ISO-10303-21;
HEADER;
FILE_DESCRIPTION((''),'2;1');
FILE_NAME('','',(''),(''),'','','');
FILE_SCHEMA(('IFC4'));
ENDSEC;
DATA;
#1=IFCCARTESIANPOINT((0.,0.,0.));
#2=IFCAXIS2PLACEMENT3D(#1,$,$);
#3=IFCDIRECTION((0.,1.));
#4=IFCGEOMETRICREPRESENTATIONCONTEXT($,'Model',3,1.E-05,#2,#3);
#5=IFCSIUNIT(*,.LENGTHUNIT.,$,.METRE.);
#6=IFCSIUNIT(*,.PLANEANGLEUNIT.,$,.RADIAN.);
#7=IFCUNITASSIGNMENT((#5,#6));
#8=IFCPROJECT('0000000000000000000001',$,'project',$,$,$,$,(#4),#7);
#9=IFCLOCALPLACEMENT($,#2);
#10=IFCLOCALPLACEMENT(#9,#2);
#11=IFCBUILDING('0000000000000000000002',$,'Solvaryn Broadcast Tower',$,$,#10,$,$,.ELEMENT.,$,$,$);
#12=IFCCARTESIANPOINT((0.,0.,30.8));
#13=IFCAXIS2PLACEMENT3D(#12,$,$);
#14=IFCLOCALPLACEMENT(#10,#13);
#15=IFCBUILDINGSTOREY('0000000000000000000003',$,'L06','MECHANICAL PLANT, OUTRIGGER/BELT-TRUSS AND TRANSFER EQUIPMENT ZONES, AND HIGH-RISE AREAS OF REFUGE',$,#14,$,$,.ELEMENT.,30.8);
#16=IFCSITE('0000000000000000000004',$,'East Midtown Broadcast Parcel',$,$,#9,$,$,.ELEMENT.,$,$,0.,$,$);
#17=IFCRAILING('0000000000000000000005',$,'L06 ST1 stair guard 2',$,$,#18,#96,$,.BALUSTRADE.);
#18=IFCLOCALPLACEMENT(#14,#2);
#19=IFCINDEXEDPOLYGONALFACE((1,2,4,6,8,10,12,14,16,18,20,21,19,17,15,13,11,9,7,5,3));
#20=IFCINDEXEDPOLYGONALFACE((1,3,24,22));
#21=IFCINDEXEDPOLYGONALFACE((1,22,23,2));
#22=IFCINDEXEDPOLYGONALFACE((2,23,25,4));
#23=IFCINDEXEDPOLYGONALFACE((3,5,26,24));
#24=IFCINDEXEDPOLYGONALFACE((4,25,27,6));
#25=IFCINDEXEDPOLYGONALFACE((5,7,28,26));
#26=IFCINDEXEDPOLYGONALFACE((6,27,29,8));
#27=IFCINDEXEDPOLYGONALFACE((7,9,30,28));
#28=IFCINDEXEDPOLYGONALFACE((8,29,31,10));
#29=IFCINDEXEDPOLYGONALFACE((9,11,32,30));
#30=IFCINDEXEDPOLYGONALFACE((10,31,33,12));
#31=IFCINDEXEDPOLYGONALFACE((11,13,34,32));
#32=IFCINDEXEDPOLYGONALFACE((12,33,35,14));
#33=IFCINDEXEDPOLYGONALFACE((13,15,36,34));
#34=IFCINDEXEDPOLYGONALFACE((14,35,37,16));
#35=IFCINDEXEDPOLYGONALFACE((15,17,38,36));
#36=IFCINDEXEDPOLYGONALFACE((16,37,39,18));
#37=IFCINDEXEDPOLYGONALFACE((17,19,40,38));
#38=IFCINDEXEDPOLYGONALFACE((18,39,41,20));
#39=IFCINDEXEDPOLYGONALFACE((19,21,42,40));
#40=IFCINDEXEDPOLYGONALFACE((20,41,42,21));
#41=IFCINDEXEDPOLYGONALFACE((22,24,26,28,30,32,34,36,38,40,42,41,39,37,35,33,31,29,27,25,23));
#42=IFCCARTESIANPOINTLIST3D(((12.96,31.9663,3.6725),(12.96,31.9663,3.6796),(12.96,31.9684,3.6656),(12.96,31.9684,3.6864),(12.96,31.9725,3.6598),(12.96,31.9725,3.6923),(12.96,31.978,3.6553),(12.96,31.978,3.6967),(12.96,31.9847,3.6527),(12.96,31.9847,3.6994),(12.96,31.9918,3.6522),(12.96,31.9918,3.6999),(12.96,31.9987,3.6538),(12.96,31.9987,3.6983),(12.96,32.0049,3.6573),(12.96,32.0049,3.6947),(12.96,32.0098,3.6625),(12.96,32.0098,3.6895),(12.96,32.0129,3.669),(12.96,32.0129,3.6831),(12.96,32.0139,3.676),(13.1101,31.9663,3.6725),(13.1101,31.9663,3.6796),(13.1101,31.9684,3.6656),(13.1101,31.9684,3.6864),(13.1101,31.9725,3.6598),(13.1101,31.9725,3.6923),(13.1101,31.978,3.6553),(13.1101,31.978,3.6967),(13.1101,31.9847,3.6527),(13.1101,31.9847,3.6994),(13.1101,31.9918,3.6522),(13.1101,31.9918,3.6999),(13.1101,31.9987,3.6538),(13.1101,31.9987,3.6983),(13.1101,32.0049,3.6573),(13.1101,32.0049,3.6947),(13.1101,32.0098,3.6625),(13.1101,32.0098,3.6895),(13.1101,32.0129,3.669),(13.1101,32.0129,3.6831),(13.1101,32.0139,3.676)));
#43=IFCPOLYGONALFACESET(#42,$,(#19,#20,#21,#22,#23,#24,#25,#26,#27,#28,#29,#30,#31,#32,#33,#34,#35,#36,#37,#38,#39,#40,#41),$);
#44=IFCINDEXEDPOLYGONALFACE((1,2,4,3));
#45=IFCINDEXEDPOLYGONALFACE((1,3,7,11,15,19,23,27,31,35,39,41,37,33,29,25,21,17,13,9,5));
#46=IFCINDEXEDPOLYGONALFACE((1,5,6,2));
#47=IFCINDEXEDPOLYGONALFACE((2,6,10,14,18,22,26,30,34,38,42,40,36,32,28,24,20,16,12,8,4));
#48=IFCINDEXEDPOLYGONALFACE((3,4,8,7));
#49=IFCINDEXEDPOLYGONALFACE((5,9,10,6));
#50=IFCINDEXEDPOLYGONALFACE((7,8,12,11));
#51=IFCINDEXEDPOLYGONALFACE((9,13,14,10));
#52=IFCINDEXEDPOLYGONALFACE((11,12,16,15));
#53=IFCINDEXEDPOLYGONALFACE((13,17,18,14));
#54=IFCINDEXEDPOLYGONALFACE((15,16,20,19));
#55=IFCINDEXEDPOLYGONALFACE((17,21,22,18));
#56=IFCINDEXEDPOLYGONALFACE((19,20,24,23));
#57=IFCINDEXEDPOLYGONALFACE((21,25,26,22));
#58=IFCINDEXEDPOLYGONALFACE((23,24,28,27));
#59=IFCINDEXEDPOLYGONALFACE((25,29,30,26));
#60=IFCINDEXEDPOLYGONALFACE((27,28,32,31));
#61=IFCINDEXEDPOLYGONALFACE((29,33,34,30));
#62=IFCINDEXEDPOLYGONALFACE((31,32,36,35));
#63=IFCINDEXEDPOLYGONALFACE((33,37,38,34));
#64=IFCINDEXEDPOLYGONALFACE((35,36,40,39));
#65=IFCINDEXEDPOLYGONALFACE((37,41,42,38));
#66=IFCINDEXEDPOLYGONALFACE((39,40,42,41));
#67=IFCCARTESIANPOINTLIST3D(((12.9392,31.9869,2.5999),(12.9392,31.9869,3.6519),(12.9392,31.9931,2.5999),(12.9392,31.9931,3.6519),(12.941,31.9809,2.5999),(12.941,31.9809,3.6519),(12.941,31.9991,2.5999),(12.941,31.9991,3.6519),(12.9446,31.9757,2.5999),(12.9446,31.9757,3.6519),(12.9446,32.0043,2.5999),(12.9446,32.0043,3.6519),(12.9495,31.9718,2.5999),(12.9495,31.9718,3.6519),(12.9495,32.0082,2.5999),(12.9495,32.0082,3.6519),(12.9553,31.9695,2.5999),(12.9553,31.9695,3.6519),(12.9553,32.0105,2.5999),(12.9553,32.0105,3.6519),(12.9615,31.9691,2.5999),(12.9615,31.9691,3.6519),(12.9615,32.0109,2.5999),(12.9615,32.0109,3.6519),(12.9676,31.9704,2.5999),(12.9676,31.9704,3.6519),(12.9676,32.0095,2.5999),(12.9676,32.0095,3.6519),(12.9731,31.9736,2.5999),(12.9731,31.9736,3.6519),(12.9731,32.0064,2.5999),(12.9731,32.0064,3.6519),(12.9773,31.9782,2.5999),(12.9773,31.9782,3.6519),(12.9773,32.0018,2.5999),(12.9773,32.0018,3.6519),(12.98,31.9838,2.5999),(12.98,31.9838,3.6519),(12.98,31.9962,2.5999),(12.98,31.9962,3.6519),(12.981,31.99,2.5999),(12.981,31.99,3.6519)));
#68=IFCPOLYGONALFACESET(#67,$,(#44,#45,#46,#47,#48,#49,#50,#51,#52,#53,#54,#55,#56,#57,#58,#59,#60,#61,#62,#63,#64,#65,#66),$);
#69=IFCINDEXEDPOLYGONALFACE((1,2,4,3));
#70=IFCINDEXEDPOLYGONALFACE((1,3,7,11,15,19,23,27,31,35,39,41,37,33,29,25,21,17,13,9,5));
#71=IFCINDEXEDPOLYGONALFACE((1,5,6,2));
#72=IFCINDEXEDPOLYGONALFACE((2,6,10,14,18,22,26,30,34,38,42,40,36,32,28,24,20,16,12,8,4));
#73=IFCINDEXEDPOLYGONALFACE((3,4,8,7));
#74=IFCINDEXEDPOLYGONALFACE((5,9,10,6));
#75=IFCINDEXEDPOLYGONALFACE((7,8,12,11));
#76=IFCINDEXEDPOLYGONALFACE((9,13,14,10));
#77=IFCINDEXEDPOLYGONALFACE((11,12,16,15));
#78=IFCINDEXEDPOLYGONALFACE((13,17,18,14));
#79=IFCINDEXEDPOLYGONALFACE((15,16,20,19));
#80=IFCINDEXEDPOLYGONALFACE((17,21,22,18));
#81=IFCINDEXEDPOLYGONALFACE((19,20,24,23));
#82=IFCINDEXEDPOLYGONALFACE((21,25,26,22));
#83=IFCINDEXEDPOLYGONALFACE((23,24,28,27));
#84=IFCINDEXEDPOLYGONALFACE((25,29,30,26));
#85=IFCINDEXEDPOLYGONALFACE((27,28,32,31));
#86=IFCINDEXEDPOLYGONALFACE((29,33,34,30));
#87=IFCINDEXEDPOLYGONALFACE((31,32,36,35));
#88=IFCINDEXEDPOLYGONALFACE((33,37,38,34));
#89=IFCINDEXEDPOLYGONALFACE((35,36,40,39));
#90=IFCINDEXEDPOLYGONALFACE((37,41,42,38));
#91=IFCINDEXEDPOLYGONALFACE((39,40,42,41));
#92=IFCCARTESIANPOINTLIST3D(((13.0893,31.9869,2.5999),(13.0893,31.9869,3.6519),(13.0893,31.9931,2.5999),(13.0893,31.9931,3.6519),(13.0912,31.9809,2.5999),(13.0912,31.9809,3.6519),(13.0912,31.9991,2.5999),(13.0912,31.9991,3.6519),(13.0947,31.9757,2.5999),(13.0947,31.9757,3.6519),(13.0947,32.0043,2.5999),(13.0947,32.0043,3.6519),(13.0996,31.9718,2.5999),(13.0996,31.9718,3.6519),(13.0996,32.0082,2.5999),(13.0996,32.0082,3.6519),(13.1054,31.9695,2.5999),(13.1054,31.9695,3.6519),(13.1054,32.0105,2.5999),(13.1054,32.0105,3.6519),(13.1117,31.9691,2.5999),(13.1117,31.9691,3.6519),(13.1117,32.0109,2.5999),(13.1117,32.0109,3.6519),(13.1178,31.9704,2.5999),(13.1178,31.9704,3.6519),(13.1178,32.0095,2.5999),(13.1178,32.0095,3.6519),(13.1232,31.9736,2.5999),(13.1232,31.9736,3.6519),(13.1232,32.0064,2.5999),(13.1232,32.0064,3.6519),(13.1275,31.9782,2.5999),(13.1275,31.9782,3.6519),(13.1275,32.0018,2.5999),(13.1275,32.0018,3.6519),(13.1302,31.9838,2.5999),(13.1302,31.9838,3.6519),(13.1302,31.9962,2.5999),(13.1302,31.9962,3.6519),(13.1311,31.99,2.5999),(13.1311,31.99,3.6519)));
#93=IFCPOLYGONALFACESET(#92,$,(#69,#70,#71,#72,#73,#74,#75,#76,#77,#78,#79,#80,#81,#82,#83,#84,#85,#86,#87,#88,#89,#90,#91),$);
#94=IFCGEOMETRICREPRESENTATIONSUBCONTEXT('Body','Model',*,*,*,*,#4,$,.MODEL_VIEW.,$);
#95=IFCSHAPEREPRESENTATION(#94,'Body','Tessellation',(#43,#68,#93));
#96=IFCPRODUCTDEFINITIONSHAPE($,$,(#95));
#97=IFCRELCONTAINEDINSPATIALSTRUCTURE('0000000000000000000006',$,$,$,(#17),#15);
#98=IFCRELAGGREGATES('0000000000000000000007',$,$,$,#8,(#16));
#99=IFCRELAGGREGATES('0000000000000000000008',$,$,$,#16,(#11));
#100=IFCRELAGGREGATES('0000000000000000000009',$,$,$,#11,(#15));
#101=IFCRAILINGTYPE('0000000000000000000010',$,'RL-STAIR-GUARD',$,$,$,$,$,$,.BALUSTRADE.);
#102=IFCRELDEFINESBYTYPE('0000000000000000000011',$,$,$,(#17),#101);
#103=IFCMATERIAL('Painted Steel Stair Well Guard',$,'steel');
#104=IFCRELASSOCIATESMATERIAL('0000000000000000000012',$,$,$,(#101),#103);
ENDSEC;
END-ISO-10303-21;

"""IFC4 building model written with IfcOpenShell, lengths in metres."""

from ifc_helpers import new_model, si_unit, direction, frame, origin, origin_2d, place, context, subcontext, project, spatial, circle, extrude, material, type_object, element, save


model = new_model("IFC4")

# Units and contexts
model_context = context("Model", 3, precision=1e-05, world=origin(), true_north=direction((0.0, 1.0)))
body_context = subcontext(model_context, "Body", "Model", "MODEL_VIEW")
ifc_project = project(units=[si_unit("LENGTHUNIT", "METRE"), si_unit("PLANEANGLEUNIT", "RADIAN")], contexts=[model_context])

# Site, building, storey
site_placement = place(None, origin())
site = spatial("IfcSite", under=ifc_project, at=site_placement, Name="East Midtown Broadcast Parcel", CompositionType="ELEMENT", RefElevation=0.0)
building_placement = place(site_placement, origin())
building = spatial("IfcBuilding", under=site, at=building_placement, Name="Solvaryn Broadcast Tower", CompositionType="ELEMENT")
storey_placement = place(building_placement, frame((0.0, 0.0, 30.8)))
storey = spatial("IfcBuildingStorey", under=building, at=storey_placement, Name="L06", Description="MECHANICAL PLANT, OUTRIGGER/BELT-TRUSS AND TRANSFER EQUIPMENT ZONES, AND HIGH-RISE AREAS OF REFUGE", CompositionType="ELEMENT", Elevation=30.8)

# Railing
ifc_material_1 = material(Name="Painted Steel Stair Well Guard", Category="steel")
railing_type_1 = type_object("IfcRailingType", Name="RL-STAIR-GUARD", PredefinedType="BALUSTRADE", material=ifc_material_1)
railing_1_placement = place(storey_placement, frame((12.96, 31.99, 2.5999)))
element("IfcRailing", 1, at=railing_1_placement, inside=storey, type_object=railing_type_1, Name="L06 ST1 stair guard 2", PredefinedType="BALUSTRADE", context=body_context, shape_type="SweptSolid", body=[
    extrude(circle(Radius=0.0239, at=origin_2d()), frame((0.0, 0.0, 1.0762), z_axis=(1.0, 0.0, 0.0), x_axis=(0.0, 1.0, 0.0)), (0.0, 0.0, 1.0), 0.1501),
    extrude(circle(Radius=0.021, at=origin_2d()), origin(), (0.0, 0.0, 1.0), 1.052),
    extrude(circle(Radius=0.021, at=origin_2d()), frame((0.1501, 0.0, 0.0)), (0.0, 0.0, 1.0), 1.052),
])

save(model, "model.ifc")
